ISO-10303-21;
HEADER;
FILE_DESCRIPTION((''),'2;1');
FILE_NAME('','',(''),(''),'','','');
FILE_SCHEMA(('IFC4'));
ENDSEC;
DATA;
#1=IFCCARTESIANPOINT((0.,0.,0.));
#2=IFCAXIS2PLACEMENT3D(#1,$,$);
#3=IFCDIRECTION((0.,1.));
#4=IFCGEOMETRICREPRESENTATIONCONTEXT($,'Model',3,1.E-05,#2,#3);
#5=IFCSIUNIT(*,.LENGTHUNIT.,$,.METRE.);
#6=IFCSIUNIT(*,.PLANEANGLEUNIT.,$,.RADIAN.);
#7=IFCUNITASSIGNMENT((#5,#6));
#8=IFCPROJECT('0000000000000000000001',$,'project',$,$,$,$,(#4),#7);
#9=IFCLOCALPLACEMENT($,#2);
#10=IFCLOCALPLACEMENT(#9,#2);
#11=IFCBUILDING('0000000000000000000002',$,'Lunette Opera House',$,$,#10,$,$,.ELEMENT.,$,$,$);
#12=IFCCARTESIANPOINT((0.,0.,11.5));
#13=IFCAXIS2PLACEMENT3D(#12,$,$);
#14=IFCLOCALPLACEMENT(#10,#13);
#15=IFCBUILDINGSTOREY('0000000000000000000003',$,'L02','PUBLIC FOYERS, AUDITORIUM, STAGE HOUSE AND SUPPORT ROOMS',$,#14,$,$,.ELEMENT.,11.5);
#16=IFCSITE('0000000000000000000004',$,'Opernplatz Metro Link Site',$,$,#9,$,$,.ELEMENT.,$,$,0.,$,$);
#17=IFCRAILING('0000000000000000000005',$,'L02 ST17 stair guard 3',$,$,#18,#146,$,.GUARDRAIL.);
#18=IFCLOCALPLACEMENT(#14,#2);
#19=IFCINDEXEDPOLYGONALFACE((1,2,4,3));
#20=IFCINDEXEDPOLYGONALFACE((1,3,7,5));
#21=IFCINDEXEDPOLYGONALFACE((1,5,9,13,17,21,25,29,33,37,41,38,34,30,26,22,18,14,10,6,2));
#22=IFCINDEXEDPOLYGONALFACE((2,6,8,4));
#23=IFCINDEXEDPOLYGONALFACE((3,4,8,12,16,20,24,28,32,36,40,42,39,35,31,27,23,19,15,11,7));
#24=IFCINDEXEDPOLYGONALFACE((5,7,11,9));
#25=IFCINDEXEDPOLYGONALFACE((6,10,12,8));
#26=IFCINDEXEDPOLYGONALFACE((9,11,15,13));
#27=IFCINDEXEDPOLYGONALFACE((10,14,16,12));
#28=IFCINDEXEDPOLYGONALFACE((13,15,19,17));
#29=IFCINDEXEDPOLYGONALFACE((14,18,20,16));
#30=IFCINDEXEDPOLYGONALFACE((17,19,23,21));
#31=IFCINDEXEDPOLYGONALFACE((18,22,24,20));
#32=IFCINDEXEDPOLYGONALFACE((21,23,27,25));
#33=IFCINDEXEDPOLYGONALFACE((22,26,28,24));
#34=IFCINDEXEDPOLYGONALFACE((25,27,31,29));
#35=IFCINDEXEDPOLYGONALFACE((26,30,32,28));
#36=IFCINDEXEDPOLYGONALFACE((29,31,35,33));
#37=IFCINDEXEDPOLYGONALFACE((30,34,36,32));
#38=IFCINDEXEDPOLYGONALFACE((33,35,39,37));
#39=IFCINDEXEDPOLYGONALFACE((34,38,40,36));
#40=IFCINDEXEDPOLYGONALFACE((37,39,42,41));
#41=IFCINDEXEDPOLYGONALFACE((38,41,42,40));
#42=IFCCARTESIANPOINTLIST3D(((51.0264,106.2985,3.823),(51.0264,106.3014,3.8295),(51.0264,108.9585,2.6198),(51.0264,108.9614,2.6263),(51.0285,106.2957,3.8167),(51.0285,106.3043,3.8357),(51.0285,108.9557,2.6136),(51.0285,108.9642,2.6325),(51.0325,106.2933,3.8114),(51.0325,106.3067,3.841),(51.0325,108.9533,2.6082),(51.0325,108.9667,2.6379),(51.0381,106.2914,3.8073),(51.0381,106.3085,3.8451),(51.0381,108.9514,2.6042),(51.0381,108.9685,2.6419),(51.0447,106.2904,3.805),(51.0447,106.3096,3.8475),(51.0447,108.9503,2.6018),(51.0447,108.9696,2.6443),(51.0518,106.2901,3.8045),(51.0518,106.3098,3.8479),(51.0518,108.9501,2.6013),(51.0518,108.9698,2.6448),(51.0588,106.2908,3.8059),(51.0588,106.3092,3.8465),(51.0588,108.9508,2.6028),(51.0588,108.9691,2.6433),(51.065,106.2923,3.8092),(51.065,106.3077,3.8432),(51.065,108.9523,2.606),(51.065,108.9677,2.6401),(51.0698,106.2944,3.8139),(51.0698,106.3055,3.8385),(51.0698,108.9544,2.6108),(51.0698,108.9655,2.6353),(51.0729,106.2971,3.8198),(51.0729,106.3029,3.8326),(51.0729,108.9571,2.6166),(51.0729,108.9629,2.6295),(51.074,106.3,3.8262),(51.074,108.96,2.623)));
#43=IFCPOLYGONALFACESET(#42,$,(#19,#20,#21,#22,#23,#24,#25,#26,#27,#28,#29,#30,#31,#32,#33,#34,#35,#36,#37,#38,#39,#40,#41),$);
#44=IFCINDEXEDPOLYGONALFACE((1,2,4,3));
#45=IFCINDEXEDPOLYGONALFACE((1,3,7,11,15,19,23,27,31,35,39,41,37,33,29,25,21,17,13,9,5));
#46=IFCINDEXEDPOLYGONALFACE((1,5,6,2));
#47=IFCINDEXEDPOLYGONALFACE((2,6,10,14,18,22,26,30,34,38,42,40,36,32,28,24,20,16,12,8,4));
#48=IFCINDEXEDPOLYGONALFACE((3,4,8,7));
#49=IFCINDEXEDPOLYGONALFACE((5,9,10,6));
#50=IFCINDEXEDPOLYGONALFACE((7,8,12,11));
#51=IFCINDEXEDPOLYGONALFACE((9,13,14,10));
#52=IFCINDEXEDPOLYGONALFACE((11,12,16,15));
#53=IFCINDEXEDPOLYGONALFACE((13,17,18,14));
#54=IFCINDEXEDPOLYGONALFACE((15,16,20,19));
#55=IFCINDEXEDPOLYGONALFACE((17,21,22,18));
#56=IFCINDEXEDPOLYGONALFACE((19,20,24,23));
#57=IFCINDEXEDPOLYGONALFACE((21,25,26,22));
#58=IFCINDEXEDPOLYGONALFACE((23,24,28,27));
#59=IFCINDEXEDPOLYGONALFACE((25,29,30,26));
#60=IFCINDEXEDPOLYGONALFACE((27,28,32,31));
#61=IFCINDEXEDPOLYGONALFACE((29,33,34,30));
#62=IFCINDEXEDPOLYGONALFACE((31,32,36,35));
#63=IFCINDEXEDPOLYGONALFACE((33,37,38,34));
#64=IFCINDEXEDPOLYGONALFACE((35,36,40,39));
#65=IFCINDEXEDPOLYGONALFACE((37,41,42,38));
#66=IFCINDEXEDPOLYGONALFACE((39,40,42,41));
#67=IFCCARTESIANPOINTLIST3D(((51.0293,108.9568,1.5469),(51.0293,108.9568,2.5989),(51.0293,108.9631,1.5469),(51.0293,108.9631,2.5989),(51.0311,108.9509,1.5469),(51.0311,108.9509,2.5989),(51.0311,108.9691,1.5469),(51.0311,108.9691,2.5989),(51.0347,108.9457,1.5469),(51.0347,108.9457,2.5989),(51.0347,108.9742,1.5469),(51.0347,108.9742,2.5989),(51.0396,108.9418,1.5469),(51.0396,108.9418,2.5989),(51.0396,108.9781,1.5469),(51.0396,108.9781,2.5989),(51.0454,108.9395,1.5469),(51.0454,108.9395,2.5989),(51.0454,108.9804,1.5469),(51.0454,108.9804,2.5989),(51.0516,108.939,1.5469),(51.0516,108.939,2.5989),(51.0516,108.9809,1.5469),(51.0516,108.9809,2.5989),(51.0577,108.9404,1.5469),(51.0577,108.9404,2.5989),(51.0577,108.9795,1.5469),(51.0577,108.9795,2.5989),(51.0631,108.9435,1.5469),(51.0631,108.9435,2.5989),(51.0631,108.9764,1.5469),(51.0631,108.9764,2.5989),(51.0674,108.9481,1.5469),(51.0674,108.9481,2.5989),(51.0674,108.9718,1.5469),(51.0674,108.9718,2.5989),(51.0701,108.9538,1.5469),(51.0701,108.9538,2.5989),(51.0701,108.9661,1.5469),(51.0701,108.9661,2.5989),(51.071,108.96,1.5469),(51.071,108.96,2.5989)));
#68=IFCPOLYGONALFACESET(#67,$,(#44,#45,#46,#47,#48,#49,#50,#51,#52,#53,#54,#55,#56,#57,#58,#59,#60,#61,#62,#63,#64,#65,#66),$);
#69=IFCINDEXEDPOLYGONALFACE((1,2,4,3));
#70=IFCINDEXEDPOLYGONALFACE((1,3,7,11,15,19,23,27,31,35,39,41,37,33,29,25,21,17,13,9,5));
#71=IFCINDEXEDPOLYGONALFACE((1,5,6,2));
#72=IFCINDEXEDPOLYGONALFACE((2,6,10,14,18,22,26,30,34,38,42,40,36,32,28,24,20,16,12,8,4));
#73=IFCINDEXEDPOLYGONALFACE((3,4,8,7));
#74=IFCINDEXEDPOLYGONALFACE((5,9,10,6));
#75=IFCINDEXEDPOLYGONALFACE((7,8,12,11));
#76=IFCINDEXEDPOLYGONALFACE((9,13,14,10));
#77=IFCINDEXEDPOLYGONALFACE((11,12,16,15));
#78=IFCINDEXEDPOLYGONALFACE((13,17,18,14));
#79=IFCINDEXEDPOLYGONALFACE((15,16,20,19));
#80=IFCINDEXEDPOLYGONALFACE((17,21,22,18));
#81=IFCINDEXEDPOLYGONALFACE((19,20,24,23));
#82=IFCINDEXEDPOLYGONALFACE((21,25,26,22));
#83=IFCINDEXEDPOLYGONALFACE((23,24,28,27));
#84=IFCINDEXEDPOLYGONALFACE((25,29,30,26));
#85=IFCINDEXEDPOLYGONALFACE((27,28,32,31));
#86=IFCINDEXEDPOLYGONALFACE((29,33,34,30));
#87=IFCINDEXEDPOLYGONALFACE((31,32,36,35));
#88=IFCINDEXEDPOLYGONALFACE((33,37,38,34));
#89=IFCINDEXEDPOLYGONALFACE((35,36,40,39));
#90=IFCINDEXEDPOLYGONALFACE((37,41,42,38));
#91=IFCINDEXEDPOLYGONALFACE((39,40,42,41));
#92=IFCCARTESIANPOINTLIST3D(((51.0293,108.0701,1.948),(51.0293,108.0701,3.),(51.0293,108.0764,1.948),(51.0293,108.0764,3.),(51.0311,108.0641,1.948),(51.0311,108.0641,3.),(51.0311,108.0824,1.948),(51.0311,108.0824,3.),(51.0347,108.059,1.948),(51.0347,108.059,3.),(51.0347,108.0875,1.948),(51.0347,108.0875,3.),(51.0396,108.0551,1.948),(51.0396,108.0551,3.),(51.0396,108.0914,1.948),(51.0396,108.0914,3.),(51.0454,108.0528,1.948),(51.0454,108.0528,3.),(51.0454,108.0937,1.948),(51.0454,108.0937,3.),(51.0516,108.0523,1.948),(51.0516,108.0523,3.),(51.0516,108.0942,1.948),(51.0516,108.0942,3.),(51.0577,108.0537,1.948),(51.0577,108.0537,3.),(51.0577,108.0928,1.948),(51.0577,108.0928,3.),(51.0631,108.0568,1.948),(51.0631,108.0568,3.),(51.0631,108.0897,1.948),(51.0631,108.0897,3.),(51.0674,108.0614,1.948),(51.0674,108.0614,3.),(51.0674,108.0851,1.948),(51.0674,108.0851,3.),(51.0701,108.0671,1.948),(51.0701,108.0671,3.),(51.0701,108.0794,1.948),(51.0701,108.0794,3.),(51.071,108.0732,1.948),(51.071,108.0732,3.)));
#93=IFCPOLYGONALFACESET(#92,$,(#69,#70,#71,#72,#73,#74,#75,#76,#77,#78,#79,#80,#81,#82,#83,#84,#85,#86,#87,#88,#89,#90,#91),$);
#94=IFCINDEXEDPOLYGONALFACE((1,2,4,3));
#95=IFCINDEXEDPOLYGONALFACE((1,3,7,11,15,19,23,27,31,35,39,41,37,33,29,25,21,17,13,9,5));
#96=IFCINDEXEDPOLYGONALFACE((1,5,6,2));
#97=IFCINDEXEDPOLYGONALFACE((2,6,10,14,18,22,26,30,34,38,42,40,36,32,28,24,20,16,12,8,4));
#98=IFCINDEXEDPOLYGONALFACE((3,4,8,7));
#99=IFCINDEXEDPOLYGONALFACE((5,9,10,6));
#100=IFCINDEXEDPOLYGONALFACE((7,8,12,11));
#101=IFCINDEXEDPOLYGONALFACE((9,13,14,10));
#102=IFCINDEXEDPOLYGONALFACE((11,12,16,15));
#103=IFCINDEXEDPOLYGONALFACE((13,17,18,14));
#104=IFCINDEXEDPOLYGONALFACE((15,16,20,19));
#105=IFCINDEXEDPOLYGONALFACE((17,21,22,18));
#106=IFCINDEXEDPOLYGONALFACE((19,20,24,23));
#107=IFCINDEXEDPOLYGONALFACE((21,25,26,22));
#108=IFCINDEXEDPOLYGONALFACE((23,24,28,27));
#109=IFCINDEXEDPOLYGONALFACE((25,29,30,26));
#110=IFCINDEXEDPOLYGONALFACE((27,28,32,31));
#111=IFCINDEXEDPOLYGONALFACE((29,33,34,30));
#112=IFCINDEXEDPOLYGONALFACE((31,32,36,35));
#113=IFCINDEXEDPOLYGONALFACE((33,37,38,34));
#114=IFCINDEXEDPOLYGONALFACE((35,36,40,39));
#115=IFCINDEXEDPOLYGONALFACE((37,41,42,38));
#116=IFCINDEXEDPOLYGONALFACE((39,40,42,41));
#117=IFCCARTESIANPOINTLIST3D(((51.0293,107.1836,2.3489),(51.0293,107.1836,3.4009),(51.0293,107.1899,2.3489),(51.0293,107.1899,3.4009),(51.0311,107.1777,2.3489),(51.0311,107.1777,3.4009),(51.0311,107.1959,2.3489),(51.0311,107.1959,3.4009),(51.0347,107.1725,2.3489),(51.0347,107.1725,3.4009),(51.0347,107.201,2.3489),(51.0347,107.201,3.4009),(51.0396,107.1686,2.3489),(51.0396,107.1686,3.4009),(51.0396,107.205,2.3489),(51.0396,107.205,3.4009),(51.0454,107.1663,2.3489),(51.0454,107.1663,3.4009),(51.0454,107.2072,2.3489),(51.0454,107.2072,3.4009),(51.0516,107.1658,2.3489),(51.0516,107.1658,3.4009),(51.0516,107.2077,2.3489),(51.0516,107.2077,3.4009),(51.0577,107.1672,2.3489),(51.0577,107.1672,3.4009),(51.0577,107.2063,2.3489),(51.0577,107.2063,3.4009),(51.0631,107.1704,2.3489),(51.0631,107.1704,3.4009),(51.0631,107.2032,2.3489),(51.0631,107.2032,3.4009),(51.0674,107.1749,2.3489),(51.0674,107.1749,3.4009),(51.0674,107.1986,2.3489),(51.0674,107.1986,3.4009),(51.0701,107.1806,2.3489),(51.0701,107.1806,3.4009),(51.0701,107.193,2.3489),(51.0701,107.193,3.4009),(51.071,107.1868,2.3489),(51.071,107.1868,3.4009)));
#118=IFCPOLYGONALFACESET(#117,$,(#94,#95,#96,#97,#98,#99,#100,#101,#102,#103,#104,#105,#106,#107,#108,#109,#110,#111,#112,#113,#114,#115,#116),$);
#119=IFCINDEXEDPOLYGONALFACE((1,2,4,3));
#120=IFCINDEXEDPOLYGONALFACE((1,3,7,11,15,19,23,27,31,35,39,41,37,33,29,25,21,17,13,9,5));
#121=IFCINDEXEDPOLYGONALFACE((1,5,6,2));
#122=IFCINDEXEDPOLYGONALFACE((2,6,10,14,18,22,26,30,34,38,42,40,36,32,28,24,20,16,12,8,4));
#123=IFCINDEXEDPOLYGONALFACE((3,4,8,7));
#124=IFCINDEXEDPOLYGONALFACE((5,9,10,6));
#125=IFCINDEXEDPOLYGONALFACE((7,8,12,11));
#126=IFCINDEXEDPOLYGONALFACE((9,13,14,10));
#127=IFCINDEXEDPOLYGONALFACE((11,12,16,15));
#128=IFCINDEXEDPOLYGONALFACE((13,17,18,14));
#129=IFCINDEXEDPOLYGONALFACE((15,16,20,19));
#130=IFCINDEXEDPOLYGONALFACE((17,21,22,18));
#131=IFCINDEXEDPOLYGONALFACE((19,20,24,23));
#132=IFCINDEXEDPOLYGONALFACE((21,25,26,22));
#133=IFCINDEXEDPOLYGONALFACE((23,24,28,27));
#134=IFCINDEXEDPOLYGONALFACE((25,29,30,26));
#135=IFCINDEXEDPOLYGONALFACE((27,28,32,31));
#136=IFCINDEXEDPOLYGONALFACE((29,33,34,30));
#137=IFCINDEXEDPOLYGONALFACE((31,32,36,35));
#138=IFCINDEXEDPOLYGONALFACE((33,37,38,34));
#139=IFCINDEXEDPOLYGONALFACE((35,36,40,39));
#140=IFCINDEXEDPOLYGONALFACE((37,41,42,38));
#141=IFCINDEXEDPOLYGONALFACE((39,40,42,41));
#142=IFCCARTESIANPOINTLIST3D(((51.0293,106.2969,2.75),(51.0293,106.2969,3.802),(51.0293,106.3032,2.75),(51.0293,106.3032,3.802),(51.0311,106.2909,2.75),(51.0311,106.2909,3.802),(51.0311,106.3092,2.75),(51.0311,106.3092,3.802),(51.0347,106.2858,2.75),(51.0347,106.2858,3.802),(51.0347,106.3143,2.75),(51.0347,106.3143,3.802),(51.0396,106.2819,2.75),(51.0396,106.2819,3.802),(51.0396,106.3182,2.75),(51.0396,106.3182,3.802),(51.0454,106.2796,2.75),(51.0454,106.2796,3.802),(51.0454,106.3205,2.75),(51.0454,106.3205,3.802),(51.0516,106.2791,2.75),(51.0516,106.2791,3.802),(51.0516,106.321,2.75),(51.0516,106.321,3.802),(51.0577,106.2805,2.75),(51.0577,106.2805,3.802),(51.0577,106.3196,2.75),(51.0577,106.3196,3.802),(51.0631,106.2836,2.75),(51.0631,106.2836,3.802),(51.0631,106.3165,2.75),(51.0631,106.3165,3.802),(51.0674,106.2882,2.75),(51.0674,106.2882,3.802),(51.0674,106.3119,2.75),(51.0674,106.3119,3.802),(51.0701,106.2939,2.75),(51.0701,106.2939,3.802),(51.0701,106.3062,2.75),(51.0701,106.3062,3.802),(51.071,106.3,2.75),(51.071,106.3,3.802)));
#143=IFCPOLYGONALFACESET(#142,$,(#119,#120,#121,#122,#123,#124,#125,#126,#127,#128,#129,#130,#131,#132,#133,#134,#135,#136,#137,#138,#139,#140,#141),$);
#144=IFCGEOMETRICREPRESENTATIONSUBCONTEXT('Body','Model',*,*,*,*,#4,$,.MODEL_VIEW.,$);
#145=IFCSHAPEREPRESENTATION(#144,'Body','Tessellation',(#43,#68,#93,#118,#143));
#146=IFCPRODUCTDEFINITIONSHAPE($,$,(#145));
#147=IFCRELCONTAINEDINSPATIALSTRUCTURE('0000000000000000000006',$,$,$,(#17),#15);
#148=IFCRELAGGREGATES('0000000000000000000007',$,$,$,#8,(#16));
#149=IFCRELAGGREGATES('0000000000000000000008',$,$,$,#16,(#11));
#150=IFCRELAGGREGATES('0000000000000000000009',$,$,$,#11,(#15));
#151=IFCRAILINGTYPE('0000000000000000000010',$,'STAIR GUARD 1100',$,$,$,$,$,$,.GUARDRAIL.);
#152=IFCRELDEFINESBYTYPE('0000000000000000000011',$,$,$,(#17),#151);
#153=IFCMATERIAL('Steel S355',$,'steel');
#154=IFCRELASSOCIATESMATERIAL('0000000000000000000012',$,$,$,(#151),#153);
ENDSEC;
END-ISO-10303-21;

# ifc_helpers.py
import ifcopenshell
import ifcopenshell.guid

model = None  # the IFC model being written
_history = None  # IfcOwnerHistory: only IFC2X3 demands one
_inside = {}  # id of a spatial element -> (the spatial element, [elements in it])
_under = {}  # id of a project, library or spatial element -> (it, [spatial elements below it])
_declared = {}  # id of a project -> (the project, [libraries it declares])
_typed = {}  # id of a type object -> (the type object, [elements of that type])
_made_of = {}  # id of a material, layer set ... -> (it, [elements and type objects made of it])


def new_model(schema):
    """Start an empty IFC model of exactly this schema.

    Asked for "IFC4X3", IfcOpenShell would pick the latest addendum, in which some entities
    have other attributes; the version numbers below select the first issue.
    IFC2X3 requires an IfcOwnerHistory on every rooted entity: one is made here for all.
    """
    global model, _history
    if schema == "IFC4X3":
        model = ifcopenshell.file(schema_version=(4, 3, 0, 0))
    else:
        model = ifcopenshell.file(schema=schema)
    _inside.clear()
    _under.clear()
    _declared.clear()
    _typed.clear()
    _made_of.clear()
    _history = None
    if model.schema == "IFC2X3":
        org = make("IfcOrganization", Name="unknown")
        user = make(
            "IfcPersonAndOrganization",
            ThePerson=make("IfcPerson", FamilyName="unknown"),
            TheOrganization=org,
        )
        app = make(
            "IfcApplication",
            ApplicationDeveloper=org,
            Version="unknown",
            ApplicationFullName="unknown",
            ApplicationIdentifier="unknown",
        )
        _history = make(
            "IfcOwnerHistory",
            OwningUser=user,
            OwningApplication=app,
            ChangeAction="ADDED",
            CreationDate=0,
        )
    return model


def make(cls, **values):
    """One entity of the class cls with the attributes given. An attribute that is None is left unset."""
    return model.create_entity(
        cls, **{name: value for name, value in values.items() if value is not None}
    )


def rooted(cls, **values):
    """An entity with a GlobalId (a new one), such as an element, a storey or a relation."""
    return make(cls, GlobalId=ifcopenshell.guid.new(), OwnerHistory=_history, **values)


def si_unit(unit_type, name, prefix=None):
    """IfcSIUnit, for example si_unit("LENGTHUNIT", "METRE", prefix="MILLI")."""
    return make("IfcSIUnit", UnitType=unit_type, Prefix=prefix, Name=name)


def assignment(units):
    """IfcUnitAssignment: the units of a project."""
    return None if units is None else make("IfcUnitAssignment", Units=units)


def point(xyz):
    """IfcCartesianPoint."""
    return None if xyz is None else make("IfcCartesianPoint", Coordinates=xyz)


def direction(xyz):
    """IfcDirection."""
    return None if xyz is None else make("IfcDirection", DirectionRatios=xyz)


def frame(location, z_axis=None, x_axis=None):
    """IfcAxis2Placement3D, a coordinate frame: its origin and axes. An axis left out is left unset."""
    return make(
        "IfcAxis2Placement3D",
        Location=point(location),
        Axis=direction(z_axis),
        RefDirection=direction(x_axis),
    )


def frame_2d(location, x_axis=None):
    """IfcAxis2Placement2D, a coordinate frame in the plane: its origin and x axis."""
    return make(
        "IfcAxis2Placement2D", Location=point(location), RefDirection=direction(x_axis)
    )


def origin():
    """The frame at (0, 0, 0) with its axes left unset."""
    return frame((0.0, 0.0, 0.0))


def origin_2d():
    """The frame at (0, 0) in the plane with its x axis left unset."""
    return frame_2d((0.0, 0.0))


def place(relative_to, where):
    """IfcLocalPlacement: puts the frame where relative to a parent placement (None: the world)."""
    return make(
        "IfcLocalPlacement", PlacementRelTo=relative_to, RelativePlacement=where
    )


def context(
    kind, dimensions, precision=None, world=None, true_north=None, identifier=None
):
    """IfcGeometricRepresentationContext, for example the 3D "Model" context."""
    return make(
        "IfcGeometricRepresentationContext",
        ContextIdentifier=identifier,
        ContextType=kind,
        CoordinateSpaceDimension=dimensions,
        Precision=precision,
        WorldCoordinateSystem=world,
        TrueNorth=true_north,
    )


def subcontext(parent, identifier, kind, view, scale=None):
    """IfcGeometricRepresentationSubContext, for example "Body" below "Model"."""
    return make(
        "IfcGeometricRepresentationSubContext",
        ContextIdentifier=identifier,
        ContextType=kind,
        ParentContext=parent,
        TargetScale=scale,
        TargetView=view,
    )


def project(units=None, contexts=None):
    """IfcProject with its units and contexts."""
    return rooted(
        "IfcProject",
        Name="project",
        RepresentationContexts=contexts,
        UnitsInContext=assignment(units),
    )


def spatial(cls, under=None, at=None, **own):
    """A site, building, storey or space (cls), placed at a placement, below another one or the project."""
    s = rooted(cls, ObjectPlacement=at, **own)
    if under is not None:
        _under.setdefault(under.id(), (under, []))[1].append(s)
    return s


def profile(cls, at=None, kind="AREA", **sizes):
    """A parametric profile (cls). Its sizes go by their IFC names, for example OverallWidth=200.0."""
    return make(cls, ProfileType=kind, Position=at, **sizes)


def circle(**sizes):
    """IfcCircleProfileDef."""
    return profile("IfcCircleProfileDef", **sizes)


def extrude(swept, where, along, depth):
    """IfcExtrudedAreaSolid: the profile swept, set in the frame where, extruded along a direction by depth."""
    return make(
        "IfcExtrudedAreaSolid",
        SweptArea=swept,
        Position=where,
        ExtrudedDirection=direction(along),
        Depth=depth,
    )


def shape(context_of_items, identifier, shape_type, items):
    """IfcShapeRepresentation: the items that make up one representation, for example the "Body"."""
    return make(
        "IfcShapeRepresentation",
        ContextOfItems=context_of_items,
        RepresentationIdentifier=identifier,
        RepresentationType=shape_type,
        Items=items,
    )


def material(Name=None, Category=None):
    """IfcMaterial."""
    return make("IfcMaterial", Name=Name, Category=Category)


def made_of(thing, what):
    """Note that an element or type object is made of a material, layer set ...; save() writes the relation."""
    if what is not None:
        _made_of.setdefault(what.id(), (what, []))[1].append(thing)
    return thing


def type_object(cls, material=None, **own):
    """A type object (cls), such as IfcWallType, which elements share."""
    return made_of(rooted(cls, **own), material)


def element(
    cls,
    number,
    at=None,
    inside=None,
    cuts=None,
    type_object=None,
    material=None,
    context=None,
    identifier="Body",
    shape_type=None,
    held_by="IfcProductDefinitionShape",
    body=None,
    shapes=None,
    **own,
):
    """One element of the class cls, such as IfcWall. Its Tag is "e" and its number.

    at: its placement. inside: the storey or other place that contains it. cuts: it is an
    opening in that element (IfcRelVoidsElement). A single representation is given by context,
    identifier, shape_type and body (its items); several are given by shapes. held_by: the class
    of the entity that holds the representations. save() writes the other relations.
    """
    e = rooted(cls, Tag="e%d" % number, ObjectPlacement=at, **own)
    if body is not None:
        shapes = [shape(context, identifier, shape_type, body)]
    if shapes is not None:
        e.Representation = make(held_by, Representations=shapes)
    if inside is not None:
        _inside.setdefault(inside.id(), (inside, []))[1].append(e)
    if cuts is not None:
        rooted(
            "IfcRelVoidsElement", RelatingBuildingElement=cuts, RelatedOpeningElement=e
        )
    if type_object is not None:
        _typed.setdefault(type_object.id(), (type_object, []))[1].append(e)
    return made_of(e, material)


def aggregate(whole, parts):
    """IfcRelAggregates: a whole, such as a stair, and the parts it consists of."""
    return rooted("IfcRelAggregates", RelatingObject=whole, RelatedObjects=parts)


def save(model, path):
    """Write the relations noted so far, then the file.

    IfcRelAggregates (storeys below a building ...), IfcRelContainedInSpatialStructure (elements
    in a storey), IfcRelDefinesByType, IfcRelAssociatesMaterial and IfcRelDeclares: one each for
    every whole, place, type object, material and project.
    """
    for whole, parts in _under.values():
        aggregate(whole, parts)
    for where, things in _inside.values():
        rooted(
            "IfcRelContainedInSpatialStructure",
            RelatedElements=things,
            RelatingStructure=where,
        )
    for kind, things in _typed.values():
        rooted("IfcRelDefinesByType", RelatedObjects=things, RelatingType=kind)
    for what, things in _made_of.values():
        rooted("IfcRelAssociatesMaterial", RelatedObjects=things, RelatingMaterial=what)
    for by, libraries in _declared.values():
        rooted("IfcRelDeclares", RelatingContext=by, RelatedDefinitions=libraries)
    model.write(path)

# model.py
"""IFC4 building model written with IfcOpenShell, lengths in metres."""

from ifc_helpers import new_model, si_unit, direction, frame, origin, origin_2d, place, context, subcontext, project, spatial, circle, extrude, material, type_object, element, save


model = new_model("IFC4")

# Units and contexts
model_context = context("Model", 3, precision=1e-05, world=origin(), true_north=direction((0.0, 1.0)))
body_context = subcontext(model_context, "Body", "Model", "MODEL_VIEW")
ifc_project = project(units=[si_unit("LENGTHUNIT", "METRE"), si_unit("PLANEANGLEUNIT", "RADIAN")], contexts=[model_context])

# Site, building, storey
site_placement = place(None, origin())
site = spatial("IfcSite", under=ifc_project, at=site_placement, Name="Opernplatz Metro Link Site", CompositionType="ELEMENT", RefElevation=0.0)
building_placement = place(site_placement, origin())
building = spatial("IfcBuilding", under=site, at=building_placement, Name="Lunette Opera House", CompositionType="ELEMENT")
storey_placement = place(building_placement, frame((0.0, 0.0, 11.5)))
storey = spatial("IfcBuildingStorey", under=building, at=storey_placement, Name="L02", Description="PUBLIC FOYERS, AUDITORIUM, STAGE HOUSE AND SUPPORT ROOMS", CompositionType="ELEMENT", Elevation=11.5)

# Railing
ifc_material_1 = material(Name="Steel S355", Category="steel")
railing_type_1 = type_object("IfcRailingType", Name="STAIR GUARD 1100", PredefinedType="GUARDRAIL", material=ifc_material_1)
railing_1_placement = place(storey_placement, frame((51.05, 108.96, 1.5469)))
element("IfcRailing", 1, at=railing_1_placement, inside=storey, type_object=railing_type_1, Name="L02 ST17 stair guard 3", PredefinedType="GUARDRAIL", context=body_context, shape_type="SweptSolid", body=[
    extrude(circle(Radius=0.0239, at=origin_2d()), frame((0.0, 0.0, 1.0762), z_axis=(0.0, -0.91113, 0.41212), x_axis=(1.0, 0.0, 0.0)), (0.0, 0.0, 1.0), 2.9194),
    extrude(circle(Radius=0.021, at=origin_2d()), origin(), (0.0, 0.0, 1.0), 1.052),
    extrude(circle(Radius=0.021, at=origin_2d()), frame((0.0, -0.8867, 0.4011)), (0.0, 0.0, 1.0), 1.052),
    extrude(circle(Radius=0.021, at=origin_2d()), frame((0.0, -1.7732, 0.802)), (0.0, 0.0, 1.0), 1.052),
    extrude(circle(Radius=0.021, at=origin_2d()), frame((0.0, -2.6599, 1.2031)), (0.0, 0.0, 1.0), 1.052),
])

save(model, "model.ifc")
